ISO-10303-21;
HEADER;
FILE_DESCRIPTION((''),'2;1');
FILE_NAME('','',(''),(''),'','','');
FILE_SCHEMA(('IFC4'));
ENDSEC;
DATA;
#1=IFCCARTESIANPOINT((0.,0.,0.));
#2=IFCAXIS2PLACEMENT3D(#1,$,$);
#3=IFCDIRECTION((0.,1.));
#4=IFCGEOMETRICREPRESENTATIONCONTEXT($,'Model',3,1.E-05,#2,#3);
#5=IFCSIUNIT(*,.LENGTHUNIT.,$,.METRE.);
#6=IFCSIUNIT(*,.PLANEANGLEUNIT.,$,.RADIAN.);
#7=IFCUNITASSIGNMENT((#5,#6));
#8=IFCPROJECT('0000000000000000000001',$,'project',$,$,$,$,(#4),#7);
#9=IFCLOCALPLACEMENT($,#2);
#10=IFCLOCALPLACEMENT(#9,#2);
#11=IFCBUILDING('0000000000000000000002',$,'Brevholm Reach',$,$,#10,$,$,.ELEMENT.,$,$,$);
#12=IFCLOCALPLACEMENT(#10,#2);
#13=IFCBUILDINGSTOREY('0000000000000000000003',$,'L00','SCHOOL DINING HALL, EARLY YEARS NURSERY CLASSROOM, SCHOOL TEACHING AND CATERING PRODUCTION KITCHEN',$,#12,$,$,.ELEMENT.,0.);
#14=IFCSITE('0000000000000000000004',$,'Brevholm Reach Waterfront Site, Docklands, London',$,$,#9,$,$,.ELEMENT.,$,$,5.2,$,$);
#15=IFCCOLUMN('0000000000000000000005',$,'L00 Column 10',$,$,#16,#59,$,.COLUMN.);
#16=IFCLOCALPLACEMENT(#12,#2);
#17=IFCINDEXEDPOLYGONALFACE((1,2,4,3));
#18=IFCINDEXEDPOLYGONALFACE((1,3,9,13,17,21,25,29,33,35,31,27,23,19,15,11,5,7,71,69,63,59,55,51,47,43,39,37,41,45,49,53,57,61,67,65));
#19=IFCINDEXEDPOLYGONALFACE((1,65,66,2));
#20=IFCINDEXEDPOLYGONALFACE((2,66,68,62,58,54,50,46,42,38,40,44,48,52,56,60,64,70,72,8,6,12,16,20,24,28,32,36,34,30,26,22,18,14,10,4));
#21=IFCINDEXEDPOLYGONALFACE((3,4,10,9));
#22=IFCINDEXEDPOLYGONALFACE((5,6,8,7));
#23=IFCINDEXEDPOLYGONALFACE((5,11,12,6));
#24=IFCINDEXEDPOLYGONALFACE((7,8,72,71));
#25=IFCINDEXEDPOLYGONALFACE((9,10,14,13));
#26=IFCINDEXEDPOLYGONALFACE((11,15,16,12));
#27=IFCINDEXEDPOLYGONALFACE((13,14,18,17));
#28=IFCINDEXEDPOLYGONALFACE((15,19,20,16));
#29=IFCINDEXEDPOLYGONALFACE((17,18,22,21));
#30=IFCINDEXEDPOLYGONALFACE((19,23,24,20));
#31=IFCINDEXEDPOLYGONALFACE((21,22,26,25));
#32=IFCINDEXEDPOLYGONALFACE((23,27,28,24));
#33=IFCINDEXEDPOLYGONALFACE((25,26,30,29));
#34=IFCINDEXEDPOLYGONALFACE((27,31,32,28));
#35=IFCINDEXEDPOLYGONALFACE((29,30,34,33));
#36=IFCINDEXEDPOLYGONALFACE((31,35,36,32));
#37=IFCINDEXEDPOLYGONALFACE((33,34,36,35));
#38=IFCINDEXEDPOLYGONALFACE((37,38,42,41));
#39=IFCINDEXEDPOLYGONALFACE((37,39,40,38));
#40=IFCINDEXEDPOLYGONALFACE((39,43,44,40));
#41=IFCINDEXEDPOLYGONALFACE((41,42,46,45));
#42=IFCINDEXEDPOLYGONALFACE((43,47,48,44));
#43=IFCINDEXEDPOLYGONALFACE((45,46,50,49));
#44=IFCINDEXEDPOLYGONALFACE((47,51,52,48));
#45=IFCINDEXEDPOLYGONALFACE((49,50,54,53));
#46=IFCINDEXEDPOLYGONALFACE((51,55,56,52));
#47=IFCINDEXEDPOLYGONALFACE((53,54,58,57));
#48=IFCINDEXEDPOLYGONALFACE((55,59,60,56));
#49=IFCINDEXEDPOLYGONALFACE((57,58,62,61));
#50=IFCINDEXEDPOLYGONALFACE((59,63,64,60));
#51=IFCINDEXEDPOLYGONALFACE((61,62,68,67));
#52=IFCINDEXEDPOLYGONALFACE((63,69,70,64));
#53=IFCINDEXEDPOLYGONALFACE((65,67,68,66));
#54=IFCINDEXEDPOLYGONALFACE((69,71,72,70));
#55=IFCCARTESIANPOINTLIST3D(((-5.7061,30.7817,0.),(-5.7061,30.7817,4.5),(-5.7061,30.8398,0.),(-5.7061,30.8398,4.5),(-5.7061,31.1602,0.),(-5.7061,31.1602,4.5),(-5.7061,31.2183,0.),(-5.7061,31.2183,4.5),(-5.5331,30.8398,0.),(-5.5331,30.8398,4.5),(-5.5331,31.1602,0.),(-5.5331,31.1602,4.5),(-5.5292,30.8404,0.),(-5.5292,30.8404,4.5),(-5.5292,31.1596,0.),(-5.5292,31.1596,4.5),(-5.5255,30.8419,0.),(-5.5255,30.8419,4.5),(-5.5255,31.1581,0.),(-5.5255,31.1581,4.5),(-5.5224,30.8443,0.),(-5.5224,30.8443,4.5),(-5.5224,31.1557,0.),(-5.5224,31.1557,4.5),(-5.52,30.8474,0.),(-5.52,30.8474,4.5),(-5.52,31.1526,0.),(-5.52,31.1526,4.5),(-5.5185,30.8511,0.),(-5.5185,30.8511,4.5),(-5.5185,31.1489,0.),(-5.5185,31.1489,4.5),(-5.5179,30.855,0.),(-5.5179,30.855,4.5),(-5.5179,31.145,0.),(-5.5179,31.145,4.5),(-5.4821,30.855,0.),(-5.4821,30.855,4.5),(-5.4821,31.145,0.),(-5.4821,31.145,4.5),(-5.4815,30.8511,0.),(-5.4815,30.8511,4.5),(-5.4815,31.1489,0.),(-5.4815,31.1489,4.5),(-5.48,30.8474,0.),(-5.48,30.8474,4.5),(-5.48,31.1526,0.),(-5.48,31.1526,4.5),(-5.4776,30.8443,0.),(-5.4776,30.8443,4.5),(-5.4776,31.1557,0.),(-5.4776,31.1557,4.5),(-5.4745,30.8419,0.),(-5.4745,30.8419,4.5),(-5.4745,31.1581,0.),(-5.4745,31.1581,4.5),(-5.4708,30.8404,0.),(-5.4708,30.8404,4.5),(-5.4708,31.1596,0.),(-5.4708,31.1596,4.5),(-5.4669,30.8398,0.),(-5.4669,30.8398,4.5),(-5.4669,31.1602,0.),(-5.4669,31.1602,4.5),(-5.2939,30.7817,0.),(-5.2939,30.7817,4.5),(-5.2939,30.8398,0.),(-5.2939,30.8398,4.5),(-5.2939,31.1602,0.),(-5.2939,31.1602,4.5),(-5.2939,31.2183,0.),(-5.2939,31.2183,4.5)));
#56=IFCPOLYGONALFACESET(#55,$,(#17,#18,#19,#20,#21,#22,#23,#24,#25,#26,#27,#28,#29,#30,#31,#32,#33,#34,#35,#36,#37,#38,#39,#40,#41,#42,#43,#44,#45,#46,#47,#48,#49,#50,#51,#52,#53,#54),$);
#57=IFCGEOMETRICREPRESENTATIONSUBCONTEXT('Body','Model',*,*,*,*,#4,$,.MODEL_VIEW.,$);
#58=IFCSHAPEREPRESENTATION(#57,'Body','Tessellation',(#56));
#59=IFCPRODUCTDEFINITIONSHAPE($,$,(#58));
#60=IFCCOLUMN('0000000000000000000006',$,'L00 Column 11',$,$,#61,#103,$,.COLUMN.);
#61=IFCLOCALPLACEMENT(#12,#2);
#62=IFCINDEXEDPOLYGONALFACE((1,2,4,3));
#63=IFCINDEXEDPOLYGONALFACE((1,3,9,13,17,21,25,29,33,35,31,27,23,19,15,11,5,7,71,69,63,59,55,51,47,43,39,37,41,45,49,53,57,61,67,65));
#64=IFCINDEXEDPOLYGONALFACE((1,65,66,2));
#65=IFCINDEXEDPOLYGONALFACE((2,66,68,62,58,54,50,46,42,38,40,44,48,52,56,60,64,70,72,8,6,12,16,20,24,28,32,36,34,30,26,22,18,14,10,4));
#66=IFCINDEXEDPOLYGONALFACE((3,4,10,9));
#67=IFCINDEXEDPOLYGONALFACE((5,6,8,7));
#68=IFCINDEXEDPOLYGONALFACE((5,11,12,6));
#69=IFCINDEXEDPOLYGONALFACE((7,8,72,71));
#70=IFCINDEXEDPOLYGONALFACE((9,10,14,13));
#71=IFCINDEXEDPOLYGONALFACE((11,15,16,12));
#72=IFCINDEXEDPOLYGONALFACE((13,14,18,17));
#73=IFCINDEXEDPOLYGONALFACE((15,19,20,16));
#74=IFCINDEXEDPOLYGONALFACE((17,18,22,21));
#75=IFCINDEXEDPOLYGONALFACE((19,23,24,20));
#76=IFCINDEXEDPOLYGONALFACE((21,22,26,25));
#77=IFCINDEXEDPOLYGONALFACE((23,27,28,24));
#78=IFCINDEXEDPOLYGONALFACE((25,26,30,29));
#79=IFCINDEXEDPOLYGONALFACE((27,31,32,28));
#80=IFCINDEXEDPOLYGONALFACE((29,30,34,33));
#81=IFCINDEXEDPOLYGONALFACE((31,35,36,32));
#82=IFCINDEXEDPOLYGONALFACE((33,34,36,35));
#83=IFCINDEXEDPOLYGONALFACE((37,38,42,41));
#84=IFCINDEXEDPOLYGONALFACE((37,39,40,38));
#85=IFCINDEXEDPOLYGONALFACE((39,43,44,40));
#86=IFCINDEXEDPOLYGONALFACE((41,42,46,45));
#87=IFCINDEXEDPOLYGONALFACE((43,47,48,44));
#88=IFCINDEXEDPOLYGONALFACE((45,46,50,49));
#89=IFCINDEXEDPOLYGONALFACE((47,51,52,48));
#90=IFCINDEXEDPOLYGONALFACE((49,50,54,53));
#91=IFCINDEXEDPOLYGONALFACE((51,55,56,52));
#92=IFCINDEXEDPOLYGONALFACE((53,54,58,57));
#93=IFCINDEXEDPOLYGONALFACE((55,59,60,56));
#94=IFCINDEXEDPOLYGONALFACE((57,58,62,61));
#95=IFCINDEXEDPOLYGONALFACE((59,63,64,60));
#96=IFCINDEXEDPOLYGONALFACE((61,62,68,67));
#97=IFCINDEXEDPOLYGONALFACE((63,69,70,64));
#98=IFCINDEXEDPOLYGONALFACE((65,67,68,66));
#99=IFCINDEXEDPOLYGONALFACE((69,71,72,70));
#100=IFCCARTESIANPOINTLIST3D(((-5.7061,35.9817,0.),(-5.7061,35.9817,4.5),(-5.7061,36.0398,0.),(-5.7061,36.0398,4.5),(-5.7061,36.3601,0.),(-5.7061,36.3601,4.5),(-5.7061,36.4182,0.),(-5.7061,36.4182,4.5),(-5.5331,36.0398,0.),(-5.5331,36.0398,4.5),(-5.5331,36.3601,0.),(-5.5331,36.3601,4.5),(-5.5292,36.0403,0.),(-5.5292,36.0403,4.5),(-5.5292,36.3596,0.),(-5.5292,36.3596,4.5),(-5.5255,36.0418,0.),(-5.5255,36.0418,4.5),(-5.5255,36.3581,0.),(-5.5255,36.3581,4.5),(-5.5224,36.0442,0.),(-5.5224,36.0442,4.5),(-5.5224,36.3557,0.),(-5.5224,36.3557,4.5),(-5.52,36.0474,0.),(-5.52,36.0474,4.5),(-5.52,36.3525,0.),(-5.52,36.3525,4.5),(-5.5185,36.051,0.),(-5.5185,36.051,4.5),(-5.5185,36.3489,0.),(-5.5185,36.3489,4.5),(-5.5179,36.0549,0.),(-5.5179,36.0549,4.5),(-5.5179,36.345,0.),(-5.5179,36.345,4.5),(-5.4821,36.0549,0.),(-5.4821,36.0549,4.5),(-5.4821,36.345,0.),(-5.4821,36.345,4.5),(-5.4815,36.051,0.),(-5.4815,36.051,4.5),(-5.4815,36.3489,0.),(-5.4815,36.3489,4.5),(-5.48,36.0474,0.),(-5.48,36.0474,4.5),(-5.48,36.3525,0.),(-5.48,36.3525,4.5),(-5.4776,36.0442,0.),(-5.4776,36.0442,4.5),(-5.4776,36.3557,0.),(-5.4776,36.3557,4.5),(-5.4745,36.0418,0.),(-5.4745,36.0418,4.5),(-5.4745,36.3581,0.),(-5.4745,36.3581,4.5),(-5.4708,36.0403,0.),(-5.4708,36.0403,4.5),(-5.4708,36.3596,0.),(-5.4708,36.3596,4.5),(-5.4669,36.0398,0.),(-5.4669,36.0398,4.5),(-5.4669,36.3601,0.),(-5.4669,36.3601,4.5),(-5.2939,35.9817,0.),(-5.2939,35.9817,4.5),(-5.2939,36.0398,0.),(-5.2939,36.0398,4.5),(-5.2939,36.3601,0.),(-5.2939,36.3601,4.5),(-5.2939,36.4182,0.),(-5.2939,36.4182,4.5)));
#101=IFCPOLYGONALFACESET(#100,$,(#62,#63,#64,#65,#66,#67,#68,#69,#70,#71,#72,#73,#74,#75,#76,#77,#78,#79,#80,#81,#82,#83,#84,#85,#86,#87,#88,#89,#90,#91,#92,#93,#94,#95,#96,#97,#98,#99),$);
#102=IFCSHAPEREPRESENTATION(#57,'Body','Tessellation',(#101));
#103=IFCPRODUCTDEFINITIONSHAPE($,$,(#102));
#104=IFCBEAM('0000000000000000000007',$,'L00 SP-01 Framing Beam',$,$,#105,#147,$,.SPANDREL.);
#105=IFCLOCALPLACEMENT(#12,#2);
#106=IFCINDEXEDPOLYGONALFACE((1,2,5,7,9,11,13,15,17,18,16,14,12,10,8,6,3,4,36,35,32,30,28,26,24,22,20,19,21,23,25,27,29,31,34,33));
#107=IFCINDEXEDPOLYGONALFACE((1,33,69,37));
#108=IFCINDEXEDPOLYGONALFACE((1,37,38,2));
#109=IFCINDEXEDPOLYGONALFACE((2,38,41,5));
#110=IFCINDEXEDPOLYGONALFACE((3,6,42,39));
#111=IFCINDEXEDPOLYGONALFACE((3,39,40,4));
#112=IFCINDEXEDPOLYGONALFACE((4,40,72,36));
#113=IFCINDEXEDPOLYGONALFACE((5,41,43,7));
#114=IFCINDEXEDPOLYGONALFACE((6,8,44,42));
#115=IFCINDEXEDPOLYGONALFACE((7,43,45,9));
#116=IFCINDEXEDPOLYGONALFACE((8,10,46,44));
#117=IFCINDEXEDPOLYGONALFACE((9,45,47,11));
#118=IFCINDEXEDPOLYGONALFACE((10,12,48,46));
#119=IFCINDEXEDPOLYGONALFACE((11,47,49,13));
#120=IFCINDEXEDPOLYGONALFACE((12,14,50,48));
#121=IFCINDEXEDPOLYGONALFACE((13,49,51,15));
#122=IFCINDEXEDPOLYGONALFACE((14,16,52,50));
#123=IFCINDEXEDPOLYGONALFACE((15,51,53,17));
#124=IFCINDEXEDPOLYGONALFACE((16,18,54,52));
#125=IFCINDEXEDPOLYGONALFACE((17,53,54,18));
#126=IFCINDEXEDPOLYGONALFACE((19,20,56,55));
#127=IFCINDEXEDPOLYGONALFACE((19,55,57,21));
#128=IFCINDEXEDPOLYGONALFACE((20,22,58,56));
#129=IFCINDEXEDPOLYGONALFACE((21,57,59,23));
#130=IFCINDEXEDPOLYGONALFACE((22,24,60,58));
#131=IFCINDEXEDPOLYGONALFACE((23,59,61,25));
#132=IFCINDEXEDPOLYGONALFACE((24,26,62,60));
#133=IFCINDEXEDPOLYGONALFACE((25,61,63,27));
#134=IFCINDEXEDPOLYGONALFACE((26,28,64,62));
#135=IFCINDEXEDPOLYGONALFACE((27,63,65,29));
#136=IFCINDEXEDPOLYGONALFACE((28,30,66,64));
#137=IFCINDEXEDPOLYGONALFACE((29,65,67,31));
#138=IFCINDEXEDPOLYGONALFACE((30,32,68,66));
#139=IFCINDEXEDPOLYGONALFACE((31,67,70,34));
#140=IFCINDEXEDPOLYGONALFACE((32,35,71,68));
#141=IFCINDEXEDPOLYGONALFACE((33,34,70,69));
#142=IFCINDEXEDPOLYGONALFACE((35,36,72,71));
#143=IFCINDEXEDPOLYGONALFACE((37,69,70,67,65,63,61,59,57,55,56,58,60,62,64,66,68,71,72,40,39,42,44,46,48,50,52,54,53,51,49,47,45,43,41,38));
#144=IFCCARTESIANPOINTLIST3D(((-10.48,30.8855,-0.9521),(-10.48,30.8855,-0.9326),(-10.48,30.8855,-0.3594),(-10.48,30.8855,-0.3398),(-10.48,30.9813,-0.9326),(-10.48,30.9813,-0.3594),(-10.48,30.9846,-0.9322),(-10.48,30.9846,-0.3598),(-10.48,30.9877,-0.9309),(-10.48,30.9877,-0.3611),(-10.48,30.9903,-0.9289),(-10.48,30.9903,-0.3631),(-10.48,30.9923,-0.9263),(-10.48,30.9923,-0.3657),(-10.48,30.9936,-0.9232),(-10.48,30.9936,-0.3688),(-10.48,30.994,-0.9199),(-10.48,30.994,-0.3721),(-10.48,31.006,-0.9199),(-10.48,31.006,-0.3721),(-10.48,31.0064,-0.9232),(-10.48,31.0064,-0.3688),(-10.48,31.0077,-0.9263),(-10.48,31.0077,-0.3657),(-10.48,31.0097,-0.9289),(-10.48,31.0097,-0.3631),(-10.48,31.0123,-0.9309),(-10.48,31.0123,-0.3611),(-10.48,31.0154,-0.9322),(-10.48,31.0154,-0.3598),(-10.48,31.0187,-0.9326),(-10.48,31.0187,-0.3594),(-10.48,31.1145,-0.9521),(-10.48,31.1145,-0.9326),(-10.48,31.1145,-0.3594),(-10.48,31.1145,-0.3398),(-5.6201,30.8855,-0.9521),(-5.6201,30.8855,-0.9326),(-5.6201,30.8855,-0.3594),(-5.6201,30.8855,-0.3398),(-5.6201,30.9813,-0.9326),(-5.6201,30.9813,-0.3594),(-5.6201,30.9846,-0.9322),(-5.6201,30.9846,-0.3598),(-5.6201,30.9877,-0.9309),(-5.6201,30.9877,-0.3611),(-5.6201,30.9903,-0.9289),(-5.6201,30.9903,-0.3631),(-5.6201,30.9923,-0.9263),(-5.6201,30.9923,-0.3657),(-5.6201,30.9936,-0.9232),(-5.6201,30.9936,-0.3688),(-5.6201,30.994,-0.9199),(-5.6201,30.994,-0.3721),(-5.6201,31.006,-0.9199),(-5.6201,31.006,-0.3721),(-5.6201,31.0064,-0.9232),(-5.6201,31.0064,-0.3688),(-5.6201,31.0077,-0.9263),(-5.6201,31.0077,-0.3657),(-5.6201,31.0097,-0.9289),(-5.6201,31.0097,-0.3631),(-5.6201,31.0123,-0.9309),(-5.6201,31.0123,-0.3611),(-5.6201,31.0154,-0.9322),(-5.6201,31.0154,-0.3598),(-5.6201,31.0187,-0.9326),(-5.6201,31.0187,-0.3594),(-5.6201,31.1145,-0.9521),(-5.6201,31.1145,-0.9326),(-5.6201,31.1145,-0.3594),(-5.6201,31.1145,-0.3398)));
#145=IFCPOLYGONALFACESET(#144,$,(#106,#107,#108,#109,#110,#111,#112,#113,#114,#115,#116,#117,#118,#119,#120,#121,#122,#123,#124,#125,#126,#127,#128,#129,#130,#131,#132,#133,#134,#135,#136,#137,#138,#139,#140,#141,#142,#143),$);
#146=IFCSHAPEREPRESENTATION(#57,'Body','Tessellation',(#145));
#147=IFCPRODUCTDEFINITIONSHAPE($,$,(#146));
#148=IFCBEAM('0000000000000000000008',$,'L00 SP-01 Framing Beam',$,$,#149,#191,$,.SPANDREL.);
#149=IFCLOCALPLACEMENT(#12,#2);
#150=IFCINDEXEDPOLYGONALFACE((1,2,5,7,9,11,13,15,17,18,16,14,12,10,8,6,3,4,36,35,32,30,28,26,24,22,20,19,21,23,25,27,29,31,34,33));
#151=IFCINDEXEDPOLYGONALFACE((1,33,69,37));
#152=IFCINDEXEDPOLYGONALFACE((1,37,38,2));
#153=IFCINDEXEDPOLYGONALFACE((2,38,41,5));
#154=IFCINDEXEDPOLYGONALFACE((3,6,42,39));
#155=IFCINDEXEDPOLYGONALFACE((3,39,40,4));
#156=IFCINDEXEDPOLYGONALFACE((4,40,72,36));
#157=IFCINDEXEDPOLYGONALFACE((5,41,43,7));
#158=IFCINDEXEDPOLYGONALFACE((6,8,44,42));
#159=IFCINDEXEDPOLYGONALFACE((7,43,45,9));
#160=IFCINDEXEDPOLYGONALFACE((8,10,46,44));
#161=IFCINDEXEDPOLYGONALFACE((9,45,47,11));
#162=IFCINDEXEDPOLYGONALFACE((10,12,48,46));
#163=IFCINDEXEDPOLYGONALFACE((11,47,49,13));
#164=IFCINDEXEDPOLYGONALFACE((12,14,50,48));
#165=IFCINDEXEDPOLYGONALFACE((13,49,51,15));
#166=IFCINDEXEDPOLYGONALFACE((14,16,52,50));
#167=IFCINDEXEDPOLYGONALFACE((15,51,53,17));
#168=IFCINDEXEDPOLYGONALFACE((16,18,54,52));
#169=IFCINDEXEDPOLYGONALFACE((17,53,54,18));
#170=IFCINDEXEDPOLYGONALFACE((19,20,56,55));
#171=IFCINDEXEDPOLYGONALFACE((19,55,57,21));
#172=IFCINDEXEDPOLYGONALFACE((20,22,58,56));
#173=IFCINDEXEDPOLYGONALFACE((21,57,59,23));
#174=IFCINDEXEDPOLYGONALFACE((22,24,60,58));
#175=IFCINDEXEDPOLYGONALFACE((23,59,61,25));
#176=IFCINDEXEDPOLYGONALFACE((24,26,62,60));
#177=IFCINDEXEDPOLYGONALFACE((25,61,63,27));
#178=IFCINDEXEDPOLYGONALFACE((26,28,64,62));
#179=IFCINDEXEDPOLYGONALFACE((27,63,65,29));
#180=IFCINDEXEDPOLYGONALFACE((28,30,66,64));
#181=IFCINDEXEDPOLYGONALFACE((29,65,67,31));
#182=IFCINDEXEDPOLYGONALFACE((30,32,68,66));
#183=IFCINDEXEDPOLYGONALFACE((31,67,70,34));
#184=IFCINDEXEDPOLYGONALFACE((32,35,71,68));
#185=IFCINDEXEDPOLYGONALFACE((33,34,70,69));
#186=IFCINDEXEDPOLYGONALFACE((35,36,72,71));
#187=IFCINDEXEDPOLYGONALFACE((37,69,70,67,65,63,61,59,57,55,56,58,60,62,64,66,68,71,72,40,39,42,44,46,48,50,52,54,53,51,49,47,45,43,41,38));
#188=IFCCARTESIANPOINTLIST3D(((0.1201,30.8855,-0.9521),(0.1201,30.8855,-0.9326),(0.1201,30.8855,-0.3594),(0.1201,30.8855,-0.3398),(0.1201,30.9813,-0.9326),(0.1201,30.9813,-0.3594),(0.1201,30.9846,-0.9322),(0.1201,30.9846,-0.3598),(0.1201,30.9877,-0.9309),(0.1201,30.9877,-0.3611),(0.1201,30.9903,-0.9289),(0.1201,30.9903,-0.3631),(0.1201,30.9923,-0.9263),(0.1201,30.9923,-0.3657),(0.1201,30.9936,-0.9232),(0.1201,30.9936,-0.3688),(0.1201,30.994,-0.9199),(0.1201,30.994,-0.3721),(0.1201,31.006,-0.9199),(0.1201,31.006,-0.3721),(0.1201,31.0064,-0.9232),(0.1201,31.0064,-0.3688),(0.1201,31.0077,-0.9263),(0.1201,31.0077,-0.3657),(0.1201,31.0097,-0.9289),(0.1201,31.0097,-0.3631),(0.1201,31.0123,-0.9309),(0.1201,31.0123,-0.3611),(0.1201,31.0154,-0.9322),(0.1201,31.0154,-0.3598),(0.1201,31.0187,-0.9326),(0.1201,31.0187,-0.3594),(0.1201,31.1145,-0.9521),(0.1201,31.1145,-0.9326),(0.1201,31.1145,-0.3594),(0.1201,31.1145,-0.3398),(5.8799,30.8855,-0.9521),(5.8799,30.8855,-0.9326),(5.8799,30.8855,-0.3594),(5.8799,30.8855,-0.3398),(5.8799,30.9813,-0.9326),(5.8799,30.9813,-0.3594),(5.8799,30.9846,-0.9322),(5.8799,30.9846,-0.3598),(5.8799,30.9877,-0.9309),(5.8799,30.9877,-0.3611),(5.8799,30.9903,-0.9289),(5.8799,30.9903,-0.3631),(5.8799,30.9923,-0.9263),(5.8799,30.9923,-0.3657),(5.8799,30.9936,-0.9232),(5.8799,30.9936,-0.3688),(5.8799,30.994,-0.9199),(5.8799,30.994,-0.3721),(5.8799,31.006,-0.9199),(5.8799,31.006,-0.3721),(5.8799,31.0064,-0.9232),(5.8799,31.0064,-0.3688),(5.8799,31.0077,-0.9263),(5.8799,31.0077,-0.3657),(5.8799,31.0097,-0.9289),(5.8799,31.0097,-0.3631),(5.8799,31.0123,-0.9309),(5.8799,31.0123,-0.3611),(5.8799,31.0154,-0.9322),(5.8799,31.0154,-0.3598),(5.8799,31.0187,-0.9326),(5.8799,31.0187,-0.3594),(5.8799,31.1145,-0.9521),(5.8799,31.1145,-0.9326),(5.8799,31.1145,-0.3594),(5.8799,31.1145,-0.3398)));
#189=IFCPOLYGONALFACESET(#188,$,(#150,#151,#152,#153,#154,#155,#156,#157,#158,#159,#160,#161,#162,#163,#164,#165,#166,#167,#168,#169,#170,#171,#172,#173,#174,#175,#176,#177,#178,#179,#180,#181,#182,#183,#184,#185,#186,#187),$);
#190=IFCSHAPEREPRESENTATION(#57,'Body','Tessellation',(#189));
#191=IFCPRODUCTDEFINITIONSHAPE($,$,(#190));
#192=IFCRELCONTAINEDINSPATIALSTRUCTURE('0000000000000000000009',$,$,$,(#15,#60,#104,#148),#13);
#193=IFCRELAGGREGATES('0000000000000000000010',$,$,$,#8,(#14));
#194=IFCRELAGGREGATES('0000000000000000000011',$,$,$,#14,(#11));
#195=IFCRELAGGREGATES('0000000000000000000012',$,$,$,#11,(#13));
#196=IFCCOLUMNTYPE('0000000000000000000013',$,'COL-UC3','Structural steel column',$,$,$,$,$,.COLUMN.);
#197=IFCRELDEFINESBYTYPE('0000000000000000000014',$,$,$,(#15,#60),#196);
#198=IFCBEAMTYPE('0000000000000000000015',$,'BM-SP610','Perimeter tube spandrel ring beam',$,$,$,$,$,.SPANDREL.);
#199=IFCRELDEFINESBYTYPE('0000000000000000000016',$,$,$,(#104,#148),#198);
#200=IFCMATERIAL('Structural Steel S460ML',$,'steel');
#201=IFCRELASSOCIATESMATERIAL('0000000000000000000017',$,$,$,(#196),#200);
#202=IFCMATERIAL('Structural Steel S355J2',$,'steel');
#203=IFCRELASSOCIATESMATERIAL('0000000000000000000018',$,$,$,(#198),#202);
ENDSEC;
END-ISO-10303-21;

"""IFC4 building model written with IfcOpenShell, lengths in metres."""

from ifc_helpers import new_model, si_unit, direction, frame, origin, origin_2d, place, context, subcontext, project, spatial, i_section, extrude, material, material_profile, profile_set, type_object, element, save


model = new_model("IFC4")

# Units and contexts
model_context = context("Model", 3, precision=1e-05, world=origin(), true_north=direction((0.0, 1.0)))
body_context = subcontext(model_context, "Body", "Model", "MODEL_VIEW")
ifc_project = project(units=[si_unit("LENGTHUNIT", "METRE"), si_unit("PLANEANGLEUNIT", "RADIAN")], contexts=[model_context])

# Site, building, storey
site_placement = place(None, origin())
site = spatial("IfcSite", under=ifc_project, at=site_placement, Name="Brevholm Reach Waterfront Site, Docklands, London", CompositionType="ELEMENT", RefElevation=5.2)
building_placement = place(site_placement, origin())
building = spatial("IfcBuilding", under=site, at=building_placement, Name="Brevholm Reach", CompositionType="ELEMENT")
storey_placement = place(building_placement, origin())
storey = spatial("IfcBuildingStorey", under=building, at=storey_placement, Name="L00", Description="SCHOOL DINING HALL, EARLY YEARS NURSERY CLASSROOM, SCHOOL TEACHING AND CATERING PRODUCTION KITCHEN", CompositionType="ELEMENT", Elevation=0.0)

# Columns
ifc_material_1 = material(Name="Structural Steel S460ML", Category="steel")
ifc_material_profile_1 = material_profile(ifc_material_1, i_section(OverallWidth=0.4121, OverallDepth=0.4365, WebThickness=0.0359, FlangeThickness=0.0581, FilletRadius=0.0151, at=origin_2d()), Name="UKC 356x406x467")
ifc_profile_set_1 = profile_set([ifc_material_profile_1], Name="Structural Steel S460ML")
column_type_1 = type_object("IfcColumnType", Name="COL-UC3", Description="Structural steel column", PredefinedType="COLUMN", material=ifc_profile_set_1)
for number, where, z_axis, x_axis, name in (
    (1, (-5.5, 31.0, 0.0), (0.0, 0.0, 1.0), (1.0, 0.0, 0.0), "L00 Column 10"),
    (2, (-5.5, 36.2, 0.0), (0.0, 0.0, 1.0), (1.0, 0.0, 0.0), "L00 Column 11"),
):
    element("IfcColumn", number, at=place(storey_placement, frame(where, z_axis=z_axis, x_axis=x_axis)), inside=storey, type_object=column_type_1, Name=name, PredefinedType="COLUMN", context=body_context, shape_type="SweptSolid", body=[
        extrude(i_section(OverallWidth=0.4121, OverallDepth=0.4365, WebThickness=0.0359, FlangeThickness=0.0581, FilletRadius=0.0151, at=origin_2d()), origin(), (0.0, 0.0, 1.0), 4.5),
    ])

# Beams
ifc_material_2 = material(Name="Structural Steel S355J2", Category="steel")
ifc_material_profile_2 = material_profile(ifc_material_2, i_section(OverallWidth=0.229, OverallDepth=0.6123, WebThickness=0.012, FlangeThickness=0.0195, FilletRadius=0.0127, at=origin_2d()), Name="UKB 610x229x125")
ifc_profile_set_2 = profile_set([ifc_material_profile_2], Name="Structural Steel S355J2")
beam_type_1 = type_object("IfcBeamType", Name="BM-SP610", Description="Perimeter tube spandrel ring beam", PredefinedType="SPANDREL", material=ifc_profile_set_2)
beam_1_placement = place(storey_placement, frame((-10.48, 31.0, -0.646), z_axis=(1.0, 0.0, 0.0), x_axis=(0.0, 1.0, 0.0)))
element("IfcBeam", 3, at=beam_1_placement, inside=storey, type_object=beam_type_1, Name="L00 SP-01 Framing Beam", PredefinedType="SPANDREL", context=body_context, shape_type="SweptSolid", body=[
    extrude(i_section(OverallWidth=0.229, OverallDepth=0.6123, WebThickness=0.012, FlangeThickness=0.0195, FilletRadius=0.0127, at=origin_2d()), origin(), (0.0, 0.0, 1.0), 4.8599),
])
beam_2_placement = place(storey_placement, frame((0.1201, 31.0, -0.646), z_axis=(1.0, 0.0, 0.0), x_axis=(0.0, 1.0, 0.0)))
element("IfcBeam", 4, at=beam_2_placement, inside=storey, type_object=beam_type_1, Name="L00 SP-01 Framing Beam", PredefinedType="SPANDREL", context=body_context, shape_type="SweptSolid", body=[
    extrude(i_section(OverallWidth=0.229, OverallDepth=0.6123, WebThickness=0.012, FlangeThickness=0.0195, FilletRadius=0.0127, at=origin_2d()), origin(), (0.0, 0.0, 1.0), 5.7598),
])

save(model, "model.ifc")
